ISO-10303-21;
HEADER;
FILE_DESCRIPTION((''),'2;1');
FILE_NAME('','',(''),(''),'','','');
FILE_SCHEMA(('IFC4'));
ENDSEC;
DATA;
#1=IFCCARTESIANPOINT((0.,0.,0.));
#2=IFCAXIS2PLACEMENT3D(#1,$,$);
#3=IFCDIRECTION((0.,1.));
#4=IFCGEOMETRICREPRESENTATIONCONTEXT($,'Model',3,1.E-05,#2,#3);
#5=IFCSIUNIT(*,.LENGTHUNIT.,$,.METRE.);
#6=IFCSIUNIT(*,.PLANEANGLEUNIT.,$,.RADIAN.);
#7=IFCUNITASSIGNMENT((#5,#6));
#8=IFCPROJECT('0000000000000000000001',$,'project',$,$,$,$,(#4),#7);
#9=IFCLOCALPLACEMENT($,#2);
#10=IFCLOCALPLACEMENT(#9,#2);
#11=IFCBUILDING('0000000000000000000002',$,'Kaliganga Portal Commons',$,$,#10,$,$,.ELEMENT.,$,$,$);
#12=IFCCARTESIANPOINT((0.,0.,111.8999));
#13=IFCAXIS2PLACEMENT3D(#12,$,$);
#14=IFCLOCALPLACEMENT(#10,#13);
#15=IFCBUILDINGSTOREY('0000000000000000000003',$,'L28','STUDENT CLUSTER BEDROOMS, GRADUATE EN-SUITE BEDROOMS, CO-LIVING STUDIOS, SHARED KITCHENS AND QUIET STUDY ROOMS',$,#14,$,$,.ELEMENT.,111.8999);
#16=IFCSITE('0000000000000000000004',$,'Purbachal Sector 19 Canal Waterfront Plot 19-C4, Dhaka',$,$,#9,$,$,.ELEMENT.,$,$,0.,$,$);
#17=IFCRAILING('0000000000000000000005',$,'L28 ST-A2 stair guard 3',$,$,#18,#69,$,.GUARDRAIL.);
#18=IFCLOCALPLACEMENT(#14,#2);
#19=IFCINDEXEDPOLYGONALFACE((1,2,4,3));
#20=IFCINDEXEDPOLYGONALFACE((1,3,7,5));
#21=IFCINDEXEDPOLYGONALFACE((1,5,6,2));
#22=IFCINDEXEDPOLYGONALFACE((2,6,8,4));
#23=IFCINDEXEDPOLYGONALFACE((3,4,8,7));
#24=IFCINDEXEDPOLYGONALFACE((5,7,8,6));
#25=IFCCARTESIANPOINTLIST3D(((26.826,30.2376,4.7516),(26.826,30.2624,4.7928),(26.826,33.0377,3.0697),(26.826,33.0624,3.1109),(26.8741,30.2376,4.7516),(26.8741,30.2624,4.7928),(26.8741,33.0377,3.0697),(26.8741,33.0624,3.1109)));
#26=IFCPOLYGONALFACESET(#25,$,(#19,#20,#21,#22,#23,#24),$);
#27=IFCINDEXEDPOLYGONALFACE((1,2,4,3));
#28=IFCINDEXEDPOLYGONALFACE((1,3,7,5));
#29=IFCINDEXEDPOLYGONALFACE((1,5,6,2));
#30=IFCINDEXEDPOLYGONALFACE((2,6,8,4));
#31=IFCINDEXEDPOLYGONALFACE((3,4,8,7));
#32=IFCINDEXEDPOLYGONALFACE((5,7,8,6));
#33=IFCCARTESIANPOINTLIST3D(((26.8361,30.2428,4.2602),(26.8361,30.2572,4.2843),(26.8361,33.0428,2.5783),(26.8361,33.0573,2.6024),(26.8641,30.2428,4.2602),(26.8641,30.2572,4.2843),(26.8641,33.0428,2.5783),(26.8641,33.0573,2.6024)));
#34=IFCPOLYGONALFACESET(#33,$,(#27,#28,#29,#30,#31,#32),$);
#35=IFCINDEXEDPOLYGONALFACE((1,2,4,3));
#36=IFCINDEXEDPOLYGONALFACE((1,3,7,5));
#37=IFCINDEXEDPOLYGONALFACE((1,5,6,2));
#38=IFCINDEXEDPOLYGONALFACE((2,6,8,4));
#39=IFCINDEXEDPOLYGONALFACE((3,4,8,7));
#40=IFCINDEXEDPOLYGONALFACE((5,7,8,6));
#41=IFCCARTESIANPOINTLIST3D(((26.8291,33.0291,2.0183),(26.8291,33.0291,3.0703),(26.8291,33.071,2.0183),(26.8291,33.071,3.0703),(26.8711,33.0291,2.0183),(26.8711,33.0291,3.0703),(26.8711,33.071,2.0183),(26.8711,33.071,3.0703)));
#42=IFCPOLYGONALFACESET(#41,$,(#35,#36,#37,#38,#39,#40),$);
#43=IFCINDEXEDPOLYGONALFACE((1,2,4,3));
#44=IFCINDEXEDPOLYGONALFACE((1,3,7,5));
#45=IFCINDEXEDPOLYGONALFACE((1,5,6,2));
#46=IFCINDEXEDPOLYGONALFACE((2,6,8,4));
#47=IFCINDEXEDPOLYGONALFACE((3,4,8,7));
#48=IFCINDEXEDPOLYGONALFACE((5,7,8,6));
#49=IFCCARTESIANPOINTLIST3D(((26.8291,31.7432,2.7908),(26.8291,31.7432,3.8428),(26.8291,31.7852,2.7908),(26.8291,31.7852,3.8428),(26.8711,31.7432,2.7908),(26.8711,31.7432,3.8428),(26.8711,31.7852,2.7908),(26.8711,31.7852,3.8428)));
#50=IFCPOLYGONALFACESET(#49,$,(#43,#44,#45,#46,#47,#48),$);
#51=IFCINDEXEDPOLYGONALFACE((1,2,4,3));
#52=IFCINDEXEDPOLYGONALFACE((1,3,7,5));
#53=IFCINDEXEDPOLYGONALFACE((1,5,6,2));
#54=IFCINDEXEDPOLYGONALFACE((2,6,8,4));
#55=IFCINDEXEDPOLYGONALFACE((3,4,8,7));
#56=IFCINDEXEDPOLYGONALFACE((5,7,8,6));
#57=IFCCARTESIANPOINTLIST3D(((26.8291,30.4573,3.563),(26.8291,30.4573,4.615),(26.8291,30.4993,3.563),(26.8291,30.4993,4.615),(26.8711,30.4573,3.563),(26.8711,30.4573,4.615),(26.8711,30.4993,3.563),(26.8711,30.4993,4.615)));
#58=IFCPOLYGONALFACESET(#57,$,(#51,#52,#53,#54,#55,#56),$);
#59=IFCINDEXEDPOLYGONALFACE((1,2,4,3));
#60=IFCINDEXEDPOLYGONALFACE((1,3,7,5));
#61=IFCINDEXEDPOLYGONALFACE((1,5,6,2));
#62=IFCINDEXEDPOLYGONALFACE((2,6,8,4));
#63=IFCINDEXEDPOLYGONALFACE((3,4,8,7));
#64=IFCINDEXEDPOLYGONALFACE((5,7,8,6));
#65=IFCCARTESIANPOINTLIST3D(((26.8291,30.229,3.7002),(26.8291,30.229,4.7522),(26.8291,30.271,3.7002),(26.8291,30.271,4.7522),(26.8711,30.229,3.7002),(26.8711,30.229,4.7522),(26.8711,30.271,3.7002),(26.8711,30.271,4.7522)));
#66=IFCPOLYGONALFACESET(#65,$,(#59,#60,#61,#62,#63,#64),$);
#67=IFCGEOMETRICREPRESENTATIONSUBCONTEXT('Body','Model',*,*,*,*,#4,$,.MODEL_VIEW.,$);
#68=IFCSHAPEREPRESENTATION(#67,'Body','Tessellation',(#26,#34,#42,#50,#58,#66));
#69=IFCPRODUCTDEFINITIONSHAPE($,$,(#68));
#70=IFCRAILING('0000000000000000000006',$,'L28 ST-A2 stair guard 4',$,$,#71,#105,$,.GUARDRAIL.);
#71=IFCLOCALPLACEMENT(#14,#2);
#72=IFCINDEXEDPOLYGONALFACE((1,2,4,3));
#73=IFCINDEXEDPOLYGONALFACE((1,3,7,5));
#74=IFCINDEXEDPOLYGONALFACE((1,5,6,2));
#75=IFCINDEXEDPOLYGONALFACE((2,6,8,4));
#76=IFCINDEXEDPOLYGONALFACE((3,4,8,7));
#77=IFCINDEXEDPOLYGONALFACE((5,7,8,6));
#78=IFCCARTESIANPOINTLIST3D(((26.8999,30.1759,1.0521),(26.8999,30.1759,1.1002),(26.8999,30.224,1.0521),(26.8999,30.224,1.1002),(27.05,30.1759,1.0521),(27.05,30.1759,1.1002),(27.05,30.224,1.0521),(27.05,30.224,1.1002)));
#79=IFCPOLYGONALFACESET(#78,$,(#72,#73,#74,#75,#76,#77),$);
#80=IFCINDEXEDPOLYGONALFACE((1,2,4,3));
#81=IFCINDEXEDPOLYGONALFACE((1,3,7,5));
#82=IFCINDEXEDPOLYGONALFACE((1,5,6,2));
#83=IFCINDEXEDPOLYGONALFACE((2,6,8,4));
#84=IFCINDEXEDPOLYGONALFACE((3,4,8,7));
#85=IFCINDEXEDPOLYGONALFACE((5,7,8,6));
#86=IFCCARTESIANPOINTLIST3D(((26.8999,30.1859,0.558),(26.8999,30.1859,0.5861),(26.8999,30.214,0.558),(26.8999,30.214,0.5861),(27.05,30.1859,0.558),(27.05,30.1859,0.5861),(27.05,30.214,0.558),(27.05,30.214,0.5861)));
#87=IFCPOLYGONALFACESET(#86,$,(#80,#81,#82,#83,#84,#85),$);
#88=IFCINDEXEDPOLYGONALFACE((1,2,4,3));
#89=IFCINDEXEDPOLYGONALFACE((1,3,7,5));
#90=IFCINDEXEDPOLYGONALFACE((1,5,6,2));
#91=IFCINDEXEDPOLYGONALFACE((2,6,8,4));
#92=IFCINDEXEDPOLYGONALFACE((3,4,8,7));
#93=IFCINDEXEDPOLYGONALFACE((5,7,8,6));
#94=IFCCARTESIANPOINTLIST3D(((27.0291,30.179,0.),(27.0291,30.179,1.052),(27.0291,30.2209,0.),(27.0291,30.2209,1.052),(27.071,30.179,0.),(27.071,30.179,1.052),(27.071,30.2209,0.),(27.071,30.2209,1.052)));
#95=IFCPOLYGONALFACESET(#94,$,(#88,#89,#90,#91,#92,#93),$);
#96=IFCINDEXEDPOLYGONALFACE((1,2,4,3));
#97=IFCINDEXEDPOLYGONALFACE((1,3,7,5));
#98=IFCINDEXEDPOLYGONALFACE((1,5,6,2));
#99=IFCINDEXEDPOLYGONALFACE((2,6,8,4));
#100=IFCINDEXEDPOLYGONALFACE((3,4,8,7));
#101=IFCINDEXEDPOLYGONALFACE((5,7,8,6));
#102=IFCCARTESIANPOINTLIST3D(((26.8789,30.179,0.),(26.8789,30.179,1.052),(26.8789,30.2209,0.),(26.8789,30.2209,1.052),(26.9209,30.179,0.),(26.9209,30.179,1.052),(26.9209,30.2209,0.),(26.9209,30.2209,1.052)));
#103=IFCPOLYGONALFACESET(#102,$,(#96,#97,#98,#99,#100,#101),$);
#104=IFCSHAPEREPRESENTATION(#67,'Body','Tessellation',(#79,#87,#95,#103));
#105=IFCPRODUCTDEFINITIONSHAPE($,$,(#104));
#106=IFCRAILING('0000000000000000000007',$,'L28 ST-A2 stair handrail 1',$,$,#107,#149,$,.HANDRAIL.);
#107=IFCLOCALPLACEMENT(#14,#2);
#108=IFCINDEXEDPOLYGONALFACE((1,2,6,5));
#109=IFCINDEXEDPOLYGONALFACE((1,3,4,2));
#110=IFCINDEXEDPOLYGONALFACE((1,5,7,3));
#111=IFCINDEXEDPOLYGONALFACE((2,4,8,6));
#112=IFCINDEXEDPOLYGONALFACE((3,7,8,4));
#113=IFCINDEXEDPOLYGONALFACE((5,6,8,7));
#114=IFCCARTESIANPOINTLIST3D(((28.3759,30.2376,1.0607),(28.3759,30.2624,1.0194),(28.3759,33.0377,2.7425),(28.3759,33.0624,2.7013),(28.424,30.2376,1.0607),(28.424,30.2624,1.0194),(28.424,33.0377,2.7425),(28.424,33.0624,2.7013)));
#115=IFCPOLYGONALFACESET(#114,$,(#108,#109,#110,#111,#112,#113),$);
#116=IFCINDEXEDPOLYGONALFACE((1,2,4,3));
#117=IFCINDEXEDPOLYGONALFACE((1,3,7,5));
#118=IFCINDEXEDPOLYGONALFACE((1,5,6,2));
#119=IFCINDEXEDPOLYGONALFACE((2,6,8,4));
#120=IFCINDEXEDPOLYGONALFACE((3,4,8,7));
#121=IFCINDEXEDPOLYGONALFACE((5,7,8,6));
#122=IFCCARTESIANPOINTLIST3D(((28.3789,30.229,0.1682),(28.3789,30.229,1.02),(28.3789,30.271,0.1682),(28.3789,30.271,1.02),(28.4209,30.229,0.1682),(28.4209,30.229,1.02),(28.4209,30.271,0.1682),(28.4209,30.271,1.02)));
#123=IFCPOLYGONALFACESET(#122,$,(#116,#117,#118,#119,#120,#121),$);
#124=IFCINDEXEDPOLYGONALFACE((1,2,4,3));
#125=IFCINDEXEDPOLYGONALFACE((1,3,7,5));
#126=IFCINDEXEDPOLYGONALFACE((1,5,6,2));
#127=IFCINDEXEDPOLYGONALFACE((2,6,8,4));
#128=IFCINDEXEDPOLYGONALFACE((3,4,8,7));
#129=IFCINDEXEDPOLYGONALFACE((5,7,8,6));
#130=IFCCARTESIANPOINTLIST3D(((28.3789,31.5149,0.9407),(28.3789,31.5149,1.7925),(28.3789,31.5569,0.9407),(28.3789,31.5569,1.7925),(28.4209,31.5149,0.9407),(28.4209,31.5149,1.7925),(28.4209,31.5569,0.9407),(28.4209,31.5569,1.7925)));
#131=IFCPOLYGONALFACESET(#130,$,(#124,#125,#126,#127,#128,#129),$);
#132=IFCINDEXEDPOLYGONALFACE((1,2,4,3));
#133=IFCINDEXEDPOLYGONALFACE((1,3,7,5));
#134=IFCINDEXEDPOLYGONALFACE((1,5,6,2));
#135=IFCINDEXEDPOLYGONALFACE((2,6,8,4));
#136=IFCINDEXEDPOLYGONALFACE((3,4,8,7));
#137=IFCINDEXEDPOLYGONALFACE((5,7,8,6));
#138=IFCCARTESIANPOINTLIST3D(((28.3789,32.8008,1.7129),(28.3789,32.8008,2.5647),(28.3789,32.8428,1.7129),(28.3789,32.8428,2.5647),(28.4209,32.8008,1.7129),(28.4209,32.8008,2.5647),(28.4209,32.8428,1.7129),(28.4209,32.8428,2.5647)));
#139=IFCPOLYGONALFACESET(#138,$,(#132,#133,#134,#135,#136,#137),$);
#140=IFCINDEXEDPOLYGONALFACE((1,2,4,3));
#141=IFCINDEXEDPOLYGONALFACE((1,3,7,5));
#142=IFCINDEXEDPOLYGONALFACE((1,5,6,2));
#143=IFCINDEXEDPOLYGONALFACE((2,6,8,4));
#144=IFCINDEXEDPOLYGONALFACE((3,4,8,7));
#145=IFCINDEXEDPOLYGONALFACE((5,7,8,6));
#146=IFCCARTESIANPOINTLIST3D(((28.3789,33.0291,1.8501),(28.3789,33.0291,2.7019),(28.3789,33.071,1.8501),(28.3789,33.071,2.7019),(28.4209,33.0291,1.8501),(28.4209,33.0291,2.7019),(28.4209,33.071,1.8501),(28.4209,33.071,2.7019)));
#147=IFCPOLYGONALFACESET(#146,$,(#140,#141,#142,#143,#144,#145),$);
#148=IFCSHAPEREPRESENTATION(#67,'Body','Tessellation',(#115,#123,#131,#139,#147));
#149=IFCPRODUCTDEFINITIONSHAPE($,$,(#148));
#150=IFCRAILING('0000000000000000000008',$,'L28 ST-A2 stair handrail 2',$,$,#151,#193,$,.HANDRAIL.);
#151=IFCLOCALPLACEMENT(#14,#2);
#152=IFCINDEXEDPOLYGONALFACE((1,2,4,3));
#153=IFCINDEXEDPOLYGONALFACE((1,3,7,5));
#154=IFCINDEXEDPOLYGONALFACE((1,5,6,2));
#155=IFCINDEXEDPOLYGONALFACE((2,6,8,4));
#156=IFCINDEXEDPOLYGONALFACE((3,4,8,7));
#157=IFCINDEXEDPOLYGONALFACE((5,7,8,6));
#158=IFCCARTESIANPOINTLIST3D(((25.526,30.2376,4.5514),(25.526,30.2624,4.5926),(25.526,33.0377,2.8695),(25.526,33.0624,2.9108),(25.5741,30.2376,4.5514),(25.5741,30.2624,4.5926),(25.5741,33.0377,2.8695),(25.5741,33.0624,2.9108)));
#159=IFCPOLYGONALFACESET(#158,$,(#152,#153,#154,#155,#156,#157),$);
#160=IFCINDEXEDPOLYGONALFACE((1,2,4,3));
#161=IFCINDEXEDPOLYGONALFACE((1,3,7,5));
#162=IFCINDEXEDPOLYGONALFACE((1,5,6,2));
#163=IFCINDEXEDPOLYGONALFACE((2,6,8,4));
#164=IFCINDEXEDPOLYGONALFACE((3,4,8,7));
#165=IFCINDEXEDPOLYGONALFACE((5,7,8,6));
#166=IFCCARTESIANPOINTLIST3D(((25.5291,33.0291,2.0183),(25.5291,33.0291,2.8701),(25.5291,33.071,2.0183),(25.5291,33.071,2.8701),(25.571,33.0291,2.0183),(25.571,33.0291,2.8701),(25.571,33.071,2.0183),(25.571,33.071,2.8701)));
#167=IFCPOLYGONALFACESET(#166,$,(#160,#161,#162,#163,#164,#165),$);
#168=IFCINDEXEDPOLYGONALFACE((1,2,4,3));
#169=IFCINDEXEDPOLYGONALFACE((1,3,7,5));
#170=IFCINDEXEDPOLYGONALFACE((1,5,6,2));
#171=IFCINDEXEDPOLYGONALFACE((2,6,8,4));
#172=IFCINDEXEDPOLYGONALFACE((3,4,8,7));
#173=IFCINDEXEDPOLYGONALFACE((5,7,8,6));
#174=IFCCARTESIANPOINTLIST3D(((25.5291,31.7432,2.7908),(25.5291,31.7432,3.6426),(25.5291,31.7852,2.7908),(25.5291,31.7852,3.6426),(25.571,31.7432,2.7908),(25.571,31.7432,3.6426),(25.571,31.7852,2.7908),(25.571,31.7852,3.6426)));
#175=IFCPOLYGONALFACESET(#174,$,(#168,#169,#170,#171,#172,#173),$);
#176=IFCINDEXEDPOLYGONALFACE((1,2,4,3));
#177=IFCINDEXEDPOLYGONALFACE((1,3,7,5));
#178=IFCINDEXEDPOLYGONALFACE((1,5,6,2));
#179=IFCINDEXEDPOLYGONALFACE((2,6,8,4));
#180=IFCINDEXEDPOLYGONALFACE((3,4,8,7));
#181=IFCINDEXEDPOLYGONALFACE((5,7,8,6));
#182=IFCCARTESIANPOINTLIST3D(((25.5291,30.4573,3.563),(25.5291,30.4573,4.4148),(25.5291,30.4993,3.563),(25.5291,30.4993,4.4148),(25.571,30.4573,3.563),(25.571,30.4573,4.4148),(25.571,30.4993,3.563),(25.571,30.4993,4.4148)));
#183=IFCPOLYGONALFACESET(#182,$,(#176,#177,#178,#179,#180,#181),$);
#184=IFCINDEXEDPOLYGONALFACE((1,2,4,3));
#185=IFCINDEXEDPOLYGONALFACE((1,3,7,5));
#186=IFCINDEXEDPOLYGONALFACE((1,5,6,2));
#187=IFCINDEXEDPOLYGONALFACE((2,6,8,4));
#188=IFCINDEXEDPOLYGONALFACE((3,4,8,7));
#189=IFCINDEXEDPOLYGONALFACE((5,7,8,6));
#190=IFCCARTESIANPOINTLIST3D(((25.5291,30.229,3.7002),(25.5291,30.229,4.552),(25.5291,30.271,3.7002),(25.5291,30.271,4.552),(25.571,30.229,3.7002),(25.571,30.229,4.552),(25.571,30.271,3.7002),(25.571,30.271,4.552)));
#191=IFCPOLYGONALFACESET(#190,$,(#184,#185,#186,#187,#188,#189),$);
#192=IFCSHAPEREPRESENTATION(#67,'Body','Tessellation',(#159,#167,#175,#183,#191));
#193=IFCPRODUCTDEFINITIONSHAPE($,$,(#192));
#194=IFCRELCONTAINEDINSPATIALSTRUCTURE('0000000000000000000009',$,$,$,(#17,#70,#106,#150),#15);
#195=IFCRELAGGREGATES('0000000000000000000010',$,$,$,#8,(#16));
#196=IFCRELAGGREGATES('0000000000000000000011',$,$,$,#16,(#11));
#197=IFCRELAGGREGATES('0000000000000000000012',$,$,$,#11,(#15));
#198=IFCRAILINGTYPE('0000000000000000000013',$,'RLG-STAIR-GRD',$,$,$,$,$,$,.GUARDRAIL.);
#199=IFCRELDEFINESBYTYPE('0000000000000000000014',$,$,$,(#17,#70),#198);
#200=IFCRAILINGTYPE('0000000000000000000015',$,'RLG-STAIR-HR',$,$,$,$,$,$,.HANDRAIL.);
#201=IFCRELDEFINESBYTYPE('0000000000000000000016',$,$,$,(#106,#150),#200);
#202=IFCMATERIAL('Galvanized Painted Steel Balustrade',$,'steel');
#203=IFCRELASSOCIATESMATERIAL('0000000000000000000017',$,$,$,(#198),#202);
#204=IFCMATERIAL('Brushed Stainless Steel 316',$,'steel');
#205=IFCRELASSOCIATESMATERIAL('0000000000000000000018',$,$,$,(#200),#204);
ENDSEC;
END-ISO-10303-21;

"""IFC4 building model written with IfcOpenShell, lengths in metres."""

from ifc_helpers import new_model, si_unit, direction, frame, origin, origin_2d, place, context, subcontext, project, spatial, rectangle, extrude, material, type_object, element, save


model = new_model("IFC4")

# Units and contexts
model_context = context("Model", 3, precision=1e-05, world=origin(), true_north=direction((0.0, 1.0)))
body_context = subcontext(model_context, "Body", "Model", "MODEL_VIEW")
ifc_project = project(units=[si_unit("LENGTHUNIT", "METRE"), si_unit("PLANEANGLEUNIT", "RADIAN")], contexts=[model_context])

# Site, building, storey
site_placement = place(None, origin())
site = spatial("IfcSite", under=ifc_project, at=site_placement, Name="Purbachal Sector 19 Canal Waterfront Plot 19-C4, Dhaka", CompositionType="ELEMENT", RefElevation=0.0)
building_placement = place(site_placement, origin())
building = spatial("IfcBuilding", under=site, at=building_placement, Name="Kaliganga Portal Commons", CompositionType="ELEMENT")
storey_placement = place(building_placement, frame((0.0, 0.0, 111.8999)))
storey = spatial("IfcBuildingStorey", under=building, at=storey_placement, Name="L28", Description="STUDENT CLUSTER BEDROOMS, GRADUATE EN-SUITE BEDROOMS, CO-LIVING STUDIOS, SHARED KITCHENS AND QUIET STUDY ROOMS", CompositionType="ELEMENT", Elevation=111.8999)

# Railings
ifc_material_1 = material(Name="Galvanized Painted Steel Balustrade", Category="steel")
railing_type_1 = type_object("IfcRailingType", Name="RLG-STAIR-GRD", PredefinedType="GUARDRAIL", material=ifc_material_1)
railing_1_placement = place(storey_placement, frame((26.8501, 33.05, 2.0183)))
element("IfcRailing", 1, at=railing_1_placement, inside=storey, type_object=railing_type_1, Name="L28 ST-A2 stair guard 3", PredefinedType="GUARDRAIL", context=body_context, shape_type="SweptSolid", body=[
    extrude(rectangle(XDim=0.0481, YDim=0.0481, at=origin_2d()), frame((0.0, 0.0, 1.072), z_axis=(0.0, -0.857242, 0.514913), x_axis=(1.0, 0.0, 0.0)), (0.0, 0.0, 1.0), 3.2664),
    extrude(rectangle(XDim=0.0281, YDim=0.0281, at=origin_2d()), frame((0.0, 0.0, 0.572), z_axis=(0.0, -0.857242, 0.514913), x_axis=(1.0, 0.0, 0.0)), (0.0, 0.0, 1.0), 3.2664),
    extrude(rectangle(XDim=0.042, YDim=0.042, at=origin_2d()), origin(), (0.0, 0.0, 1.0), 1.052),
    extrude(rectangle(XDim=0.042, YDim=0.042, at=origin_2d()), frame((0.0, -1.2859, 0.7725)), (0.0, 0.0, 1.0), 1.052),
    extrude(rectangle(XDim=0.042, YDim=0.042, at=origin_2d()), frame((0.0, -2.5718, 1.5447)), (0.0, 0.0, 1.0), 1.052),
    extrude(rectangle(XDim=0.042, YDim=0.042, at=origin_2d()), frame((0.0, -2.8, 1.6819)), (0.0, 0.0, 1.0), 1.052),
])
railing_2_placement = place(storey_placement, frame((27.05, 30.2, 0.0)))
element("IfcRailing", 2, at=railing_2_placement, inside=storey, type_object=railing_type_1, Name="L28 ST-A2 stair guard 4", PredefinedType="GUARDRAIL", context=body_context, shape_type="SweptSolid", body=[
    extrude(rectangle(XDim=0.0481, YDim=0.0481, at=origin_2d()), frame((0.0, 0.0, 1.0762), z_axis=(-1.0, 0.0, 0.0), x_axis=(0.0, -1.0, 0.0)), (0.0, 0.0, 1.0), 0.1501),
    extrude(rectangle(XDim=0.0281, YDim=0.0281, at=origin_2d()), frame((0.0, 0.0, 0.572), z_axis=(-1.0, 0.0, 0.0), x_axis=(0.0, -1.0, 0.0)), (0.0, 0.0, 1.0), 0.1501),
    extrude(rectangle(XDim=0.042, YDim=0.042, at=origin_2d()), origin(), (0.0, 0.0, 1.0), 1.052),
    extrude(rectangle(XDim=0.042, YDim=0.042, at=origin_2d()), frame((-0.1501, 0.0, 0.0)), (0.0, 0.0, 1.0), 1.052),
])
ifc_material_2 = material(Name="Brushed Stainless Steel 316", Category="steel")
railing_type_2 = type_object("IfcRailingType", Name="RLG-STAIR-HR", PredefinedType="HANDRAIL", material=ifc_material_2)
railing_3_placement = place(storey_placement, frame((28.3999, 30.25, 0.1682)))
element("IfcRailing", 3, at=railing_3_placement, inside=storey, type_object=railing_type_2, Name="L28 ST-A2 stair handrail 1", PredefinedType="HANDRAIL", context=body_context, shape_type="SweptSolid", body=[
    extrude(rectangle(XDim=0.0481, YDim=0.0481, at=origin_2d()), frame((0.0, 0.0, 0.8718), z_axis=(0.0, 0.857242, 0.514913), x_axis=(-1.0, 0.0, 0.0)), (0.0, 0.0, 1.0), 3.2664),
    extrude(rectangle(XDim=0.042, YDim=0.042, at=origin_2d()), origin(), (0.0, 0.0, 1.0), 0.8518),
    extrude(rectangle(XDim=0.042, YDim=0.042, at=origin_2d()), frame((0.0, 1.2859, 0.7725)), (0.0, 0.0, 1.0), 0.8518),
    extrude(rectangle(XDim=0.042, YDim=0.042, at=origin_2d()), frame((0.0, 2.5718, 1.5447)), (0.0, 0.0, 1.0), 0.8518),
    extrude(rectangle(XDim=0.042, YDim=0.042, at=origin_2d()), frame((0.0, 2.8, 1.6819)), (0.0, 0.0, 1.0), 0.8518),
])
railing_4_placement = place(storey_placement, frame((25.55, 33.05, 2.0183)))
element("IfcRailing", 4, at=railing_4_placement, inside=storey, type_object=railing_type_2, Name="L28 ST-A2 stair handrail 2", PredefinedType="HANDRAIL", context=body_context, shape_type="SweptSolid", body=[
    extrude(rectangle(XDim=0.0481, YDim=0.0481, at=origin_2d()), frame((0.0, 0.0, 0.8718), z_axis=(0.0, -0.857242, 0.514913), x_axis=(1.0, 0.0, 0.0)), (0.0, 0.0, 1.0), 3.2664),
    extrude(rectangle(XDim=0.042, YDim=0.042, at=origin_2d()), origin(), (0.0, 0.0, 1.0), 0.8518),
    extrude(rectangle(XDim=0.042, YDim=0.042, at=origin_2d()), frame((0.0, -1.2859, 0.7725)), (0.0, 0.0, 1.0), 0.8518),
    extrude(rectangle(XDim=0.042, YDim=0.042, at=origin_2d()), frame((0.0, -2.5718, 1.5447)), (0.0, 0.0, 1.0), 0.8518),
    extrude(rectangle(XDim=0.042, YDim=0.042, at=origin_2d()), frame((0.0, -2.8, 1.6819)), (0.0, 0.0, 1.0), 0.8518),
])

save(model, "model.ifc")
